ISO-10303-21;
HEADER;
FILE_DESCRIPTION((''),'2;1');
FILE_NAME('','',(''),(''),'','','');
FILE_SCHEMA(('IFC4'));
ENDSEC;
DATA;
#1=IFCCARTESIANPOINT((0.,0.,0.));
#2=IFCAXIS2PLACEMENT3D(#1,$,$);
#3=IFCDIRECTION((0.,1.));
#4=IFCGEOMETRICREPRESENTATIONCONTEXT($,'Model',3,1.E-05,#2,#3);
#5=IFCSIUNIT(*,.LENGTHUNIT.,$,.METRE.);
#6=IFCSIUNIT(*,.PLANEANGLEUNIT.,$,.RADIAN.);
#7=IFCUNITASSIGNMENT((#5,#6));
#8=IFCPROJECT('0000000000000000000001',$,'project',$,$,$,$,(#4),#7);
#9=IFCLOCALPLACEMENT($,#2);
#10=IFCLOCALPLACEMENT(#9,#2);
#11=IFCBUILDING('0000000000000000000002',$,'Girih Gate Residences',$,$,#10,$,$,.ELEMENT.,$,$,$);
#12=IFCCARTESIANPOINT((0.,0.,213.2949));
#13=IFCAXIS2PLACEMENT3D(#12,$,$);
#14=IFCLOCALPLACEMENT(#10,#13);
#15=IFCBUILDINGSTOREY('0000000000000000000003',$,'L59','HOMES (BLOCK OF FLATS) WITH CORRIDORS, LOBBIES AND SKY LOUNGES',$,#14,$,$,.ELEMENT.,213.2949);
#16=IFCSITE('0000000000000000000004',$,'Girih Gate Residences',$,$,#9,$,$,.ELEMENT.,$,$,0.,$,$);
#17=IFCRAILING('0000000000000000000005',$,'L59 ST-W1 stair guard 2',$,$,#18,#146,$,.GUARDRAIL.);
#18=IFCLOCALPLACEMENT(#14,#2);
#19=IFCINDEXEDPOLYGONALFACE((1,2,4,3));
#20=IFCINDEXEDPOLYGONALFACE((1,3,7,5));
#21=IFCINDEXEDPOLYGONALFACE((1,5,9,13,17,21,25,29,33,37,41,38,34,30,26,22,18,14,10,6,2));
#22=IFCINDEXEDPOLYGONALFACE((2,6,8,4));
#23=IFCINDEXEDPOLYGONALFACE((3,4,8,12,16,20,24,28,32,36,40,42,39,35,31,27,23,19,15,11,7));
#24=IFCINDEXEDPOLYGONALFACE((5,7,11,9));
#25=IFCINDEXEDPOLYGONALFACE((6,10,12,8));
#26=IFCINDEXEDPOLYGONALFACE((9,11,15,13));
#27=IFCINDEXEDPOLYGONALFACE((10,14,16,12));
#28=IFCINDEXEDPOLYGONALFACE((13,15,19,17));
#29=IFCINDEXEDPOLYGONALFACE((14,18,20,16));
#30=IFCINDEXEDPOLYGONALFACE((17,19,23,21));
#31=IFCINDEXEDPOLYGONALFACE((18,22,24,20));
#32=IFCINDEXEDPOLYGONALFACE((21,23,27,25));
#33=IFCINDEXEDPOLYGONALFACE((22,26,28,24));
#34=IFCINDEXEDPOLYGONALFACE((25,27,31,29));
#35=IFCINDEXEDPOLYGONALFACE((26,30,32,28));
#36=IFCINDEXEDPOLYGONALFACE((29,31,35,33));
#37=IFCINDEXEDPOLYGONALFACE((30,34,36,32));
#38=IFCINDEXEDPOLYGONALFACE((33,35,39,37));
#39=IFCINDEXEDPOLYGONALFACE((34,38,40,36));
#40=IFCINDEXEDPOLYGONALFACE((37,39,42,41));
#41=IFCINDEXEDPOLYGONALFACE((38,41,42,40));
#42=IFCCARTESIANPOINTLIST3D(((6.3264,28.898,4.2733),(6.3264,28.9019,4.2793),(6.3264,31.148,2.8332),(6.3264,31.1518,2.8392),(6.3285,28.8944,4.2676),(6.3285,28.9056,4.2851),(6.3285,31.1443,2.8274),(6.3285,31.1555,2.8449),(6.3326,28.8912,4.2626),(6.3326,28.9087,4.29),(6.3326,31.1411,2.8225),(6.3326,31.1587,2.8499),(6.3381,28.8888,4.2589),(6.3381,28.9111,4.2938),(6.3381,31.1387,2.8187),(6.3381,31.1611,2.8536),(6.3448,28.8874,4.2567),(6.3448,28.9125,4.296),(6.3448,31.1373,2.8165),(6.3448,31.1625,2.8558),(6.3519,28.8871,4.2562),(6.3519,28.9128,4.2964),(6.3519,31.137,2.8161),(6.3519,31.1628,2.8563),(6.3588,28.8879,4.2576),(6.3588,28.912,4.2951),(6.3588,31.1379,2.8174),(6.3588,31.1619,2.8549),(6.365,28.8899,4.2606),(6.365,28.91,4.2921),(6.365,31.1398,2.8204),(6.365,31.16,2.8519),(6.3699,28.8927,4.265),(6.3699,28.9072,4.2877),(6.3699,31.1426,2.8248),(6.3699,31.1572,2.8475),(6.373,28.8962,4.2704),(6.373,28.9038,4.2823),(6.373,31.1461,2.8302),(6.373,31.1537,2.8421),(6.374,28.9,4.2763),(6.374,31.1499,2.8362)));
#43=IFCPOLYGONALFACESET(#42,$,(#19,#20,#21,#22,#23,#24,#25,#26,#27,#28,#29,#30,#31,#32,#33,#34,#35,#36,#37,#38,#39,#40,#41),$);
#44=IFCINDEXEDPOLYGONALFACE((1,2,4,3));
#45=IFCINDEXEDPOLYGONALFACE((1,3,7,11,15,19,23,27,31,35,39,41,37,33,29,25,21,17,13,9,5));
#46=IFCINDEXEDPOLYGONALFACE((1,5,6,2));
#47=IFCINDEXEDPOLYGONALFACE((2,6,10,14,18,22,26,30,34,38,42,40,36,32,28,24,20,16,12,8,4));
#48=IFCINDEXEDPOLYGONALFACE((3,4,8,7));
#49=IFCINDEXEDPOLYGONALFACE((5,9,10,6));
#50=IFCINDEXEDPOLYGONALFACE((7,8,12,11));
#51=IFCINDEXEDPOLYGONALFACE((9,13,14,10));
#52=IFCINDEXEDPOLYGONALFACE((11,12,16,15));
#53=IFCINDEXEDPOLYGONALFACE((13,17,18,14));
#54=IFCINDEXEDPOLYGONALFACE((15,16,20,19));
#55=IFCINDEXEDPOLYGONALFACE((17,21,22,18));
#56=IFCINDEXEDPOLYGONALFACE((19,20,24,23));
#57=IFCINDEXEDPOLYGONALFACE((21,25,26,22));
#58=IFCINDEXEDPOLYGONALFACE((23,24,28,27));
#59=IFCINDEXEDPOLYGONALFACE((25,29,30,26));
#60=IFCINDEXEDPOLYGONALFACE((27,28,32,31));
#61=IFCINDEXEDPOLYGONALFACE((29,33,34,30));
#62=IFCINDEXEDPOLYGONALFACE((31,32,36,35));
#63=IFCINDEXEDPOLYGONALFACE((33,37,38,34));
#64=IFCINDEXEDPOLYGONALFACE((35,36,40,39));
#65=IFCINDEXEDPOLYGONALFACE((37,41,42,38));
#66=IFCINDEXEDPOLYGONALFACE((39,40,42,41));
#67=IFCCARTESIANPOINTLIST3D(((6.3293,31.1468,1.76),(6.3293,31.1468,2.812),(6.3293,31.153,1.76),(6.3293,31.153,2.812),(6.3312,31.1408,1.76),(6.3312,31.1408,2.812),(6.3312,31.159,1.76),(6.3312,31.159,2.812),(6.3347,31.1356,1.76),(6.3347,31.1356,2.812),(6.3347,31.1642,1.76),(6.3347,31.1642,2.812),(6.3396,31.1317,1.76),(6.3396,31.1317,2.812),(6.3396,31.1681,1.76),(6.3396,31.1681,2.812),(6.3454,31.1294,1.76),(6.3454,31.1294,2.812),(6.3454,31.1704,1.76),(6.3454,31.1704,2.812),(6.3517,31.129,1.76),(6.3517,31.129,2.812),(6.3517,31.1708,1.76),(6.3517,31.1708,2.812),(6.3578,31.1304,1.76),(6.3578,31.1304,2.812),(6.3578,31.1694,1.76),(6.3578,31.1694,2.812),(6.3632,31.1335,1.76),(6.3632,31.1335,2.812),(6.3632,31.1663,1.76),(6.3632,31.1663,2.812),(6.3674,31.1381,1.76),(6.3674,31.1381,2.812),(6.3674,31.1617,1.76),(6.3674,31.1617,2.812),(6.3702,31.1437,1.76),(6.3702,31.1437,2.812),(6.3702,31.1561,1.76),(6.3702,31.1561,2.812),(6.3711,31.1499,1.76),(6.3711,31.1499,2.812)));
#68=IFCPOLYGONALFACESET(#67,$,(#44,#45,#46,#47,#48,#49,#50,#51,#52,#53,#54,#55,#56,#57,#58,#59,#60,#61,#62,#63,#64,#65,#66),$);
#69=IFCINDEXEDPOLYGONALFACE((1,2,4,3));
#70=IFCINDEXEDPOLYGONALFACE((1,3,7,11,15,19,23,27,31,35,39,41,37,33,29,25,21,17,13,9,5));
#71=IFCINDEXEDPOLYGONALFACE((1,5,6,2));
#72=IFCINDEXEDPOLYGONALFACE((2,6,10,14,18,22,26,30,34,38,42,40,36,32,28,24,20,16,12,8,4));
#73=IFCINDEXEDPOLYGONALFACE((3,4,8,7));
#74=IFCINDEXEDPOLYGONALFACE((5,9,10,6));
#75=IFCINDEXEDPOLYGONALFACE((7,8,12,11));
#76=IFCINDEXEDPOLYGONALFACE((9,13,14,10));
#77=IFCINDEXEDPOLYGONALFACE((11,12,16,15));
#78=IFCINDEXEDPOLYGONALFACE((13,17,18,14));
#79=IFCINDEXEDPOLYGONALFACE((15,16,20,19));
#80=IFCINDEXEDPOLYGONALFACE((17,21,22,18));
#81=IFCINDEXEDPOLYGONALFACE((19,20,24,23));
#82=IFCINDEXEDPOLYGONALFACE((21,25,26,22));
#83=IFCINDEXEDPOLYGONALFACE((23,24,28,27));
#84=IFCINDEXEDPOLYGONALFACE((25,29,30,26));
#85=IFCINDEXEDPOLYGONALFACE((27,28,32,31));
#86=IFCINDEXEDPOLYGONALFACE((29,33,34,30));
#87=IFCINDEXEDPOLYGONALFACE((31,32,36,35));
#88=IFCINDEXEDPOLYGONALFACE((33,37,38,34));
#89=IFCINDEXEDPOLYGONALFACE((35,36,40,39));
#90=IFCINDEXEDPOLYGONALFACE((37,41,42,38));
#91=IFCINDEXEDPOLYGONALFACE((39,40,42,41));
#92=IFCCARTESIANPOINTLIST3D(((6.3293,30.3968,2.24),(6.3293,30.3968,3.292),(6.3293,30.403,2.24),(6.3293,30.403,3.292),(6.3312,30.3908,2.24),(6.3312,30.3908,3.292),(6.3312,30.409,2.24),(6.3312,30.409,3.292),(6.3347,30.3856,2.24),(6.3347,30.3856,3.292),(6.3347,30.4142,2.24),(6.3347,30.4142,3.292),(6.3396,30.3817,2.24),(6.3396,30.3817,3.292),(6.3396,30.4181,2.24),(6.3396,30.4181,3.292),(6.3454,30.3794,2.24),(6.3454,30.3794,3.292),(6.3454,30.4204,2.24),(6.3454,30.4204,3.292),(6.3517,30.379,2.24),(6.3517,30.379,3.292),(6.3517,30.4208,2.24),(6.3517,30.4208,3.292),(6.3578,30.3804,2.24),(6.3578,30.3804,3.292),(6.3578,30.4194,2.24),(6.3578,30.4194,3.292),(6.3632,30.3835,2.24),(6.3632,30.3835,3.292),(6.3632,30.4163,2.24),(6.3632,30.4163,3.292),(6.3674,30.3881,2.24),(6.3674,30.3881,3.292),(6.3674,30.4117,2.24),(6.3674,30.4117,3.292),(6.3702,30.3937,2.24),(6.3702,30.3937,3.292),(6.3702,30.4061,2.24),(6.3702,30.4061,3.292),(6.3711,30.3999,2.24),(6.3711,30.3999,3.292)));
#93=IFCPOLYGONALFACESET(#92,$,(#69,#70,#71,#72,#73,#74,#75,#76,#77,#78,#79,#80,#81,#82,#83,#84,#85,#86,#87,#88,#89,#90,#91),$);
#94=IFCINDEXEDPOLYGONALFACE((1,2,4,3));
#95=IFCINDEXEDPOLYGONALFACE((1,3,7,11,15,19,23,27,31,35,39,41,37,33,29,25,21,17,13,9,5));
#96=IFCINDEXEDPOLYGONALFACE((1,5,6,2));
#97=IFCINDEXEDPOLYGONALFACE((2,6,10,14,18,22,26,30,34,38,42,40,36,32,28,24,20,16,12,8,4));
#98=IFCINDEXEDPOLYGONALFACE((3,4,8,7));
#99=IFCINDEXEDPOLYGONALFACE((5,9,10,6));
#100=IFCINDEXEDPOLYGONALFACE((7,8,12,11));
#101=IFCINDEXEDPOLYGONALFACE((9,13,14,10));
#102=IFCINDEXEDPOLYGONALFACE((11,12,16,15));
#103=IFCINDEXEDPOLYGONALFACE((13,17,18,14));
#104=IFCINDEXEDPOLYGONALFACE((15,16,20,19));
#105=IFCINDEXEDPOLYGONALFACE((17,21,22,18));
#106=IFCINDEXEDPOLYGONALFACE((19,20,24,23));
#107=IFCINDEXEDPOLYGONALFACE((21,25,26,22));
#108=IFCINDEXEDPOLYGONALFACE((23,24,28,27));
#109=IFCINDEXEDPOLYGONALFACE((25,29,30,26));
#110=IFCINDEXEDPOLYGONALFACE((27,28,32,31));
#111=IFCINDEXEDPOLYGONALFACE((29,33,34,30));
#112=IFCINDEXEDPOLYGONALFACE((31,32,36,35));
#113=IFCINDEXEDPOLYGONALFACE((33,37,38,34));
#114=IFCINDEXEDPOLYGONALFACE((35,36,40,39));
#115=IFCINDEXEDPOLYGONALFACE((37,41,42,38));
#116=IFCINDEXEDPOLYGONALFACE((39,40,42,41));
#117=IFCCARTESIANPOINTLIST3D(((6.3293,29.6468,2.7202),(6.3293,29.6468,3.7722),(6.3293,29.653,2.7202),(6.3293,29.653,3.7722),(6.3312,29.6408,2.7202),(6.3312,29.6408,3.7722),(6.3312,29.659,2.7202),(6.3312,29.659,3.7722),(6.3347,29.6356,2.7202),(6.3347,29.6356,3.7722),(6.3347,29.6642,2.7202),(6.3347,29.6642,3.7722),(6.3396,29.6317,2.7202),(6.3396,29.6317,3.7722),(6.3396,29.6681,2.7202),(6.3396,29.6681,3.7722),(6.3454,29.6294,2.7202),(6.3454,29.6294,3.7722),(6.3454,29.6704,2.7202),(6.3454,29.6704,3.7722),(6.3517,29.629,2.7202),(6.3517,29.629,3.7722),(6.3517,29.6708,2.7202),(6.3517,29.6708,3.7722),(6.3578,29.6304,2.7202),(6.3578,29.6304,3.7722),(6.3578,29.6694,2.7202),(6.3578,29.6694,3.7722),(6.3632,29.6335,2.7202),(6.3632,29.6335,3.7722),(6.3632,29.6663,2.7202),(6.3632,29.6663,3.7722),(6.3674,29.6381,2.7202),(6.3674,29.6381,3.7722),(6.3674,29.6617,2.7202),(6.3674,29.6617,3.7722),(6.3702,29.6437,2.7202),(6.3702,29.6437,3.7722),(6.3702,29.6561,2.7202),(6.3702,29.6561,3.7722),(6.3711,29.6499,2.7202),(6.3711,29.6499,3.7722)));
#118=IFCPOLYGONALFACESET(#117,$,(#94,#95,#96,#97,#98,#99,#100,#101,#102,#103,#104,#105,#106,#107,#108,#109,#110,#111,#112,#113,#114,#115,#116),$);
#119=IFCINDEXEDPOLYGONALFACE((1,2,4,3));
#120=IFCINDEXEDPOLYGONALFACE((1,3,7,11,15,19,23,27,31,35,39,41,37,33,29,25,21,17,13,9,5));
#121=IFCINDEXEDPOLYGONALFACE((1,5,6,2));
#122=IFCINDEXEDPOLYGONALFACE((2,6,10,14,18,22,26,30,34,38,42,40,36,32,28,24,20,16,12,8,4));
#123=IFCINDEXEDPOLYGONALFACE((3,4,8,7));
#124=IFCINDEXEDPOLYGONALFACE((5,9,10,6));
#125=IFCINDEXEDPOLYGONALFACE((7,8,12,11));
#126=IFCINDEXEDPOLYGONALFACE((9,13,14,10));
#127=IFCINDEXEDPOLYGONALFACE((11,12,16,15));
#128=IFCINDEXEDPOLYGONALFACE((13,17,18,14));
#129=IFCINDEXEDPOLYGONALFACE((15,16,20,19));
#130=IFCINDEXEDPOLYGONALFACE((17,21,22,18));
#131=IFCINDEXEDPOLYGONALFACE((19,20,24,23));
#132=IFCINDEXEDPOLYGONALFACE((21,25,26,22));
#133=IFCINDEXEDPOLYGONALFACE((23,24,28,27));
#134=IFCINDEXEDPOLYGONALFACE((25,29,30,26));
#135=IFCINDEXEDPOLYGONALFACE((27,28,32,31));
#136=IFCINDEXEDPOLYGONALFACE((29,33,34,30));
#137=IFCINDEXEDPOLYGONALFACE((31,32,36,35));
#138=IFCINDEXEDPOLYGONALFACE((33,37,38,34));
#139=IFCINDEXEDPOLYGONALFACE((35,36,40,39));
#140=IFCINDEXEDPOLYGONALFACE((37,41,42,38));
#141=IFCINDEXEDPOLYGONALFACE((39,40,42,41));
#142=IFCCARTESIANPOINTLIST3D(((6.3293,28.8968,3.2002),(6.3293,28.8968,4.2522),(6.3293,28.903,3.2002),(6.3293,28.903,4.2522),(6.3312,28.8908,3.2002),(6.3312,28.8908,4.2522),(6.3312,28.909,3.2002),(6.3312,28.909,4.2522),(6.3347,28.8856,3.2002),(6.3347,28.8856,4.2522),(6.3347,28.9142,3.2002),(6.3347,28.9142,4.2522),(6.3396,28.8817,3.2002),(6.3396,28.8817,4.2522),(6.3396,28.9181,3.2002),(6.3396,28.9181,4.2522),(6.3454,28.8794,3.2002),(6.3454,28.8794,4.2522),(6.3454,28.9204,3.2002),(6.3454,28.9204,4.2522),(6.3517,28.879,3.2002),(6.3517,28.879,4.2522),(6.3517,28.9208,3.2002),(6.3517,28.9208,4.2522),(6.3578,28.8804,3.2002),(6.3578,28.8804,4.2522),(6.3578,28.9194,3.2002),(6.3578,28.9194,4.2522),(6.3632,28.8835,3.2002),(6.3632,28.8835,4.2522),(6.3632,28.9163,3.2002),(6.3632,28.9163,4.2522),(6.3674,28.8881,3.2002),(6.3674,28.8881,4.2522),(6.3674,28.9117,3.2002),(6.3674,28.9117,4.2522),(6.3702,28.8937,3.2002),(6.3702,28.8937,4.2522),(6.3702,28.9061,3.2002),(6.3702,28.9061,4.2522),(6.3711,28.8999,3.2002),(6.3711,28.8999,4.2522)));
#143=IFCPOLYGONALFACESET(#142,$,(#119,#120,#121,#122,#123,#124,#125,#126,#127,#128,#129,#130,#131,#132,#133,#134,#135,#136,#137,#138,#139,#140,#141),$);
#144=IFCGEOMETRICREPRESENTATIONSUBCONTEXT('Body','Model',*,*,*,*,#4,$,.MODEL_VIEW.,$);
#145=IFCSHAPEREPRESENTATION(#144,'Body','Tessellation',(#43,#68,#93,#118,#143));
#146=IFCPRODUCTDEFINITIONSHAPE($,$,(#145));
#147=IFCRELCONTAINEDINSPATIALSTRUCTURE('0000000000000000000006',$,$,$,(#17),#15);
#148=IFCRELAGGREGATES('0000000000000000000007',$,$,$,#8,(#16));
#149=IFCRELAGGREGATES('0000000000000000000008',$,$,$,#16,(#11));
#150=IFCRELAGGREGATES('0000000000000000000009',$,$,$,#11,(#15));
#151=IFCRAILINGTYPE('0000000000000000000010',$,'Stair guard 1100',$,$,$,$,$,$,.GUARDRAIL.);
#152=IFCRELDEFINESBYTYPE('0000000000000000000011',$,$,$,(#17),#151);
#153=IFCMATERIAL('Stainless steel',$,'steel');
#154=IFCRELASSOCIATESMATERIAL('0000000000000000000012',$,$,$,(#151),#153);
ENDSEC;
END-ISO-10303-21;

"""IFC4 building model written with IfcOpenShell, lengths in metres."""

from ifc_helpers import new_model, si_unit, direction, frame, origin, origin_2d, place, context, subcontext, project, spatial, circle, extrude, material, type_object, element, save


model = new_model("IFC4")

# Units and contexts
model_context = context("Model", 3, precision=1e-05, world=origin(), true_north=direction((0.0, 1.0)))
body_context = subcontext(model_context, "Body", "Model", "MODEL_VIEW")
ifc_project = project(units=[si_unit("LENGTHUNIT", "METRE"), si_unit("PLANEANGLEUNIT", "RADIAN")], contexts=[model_context])

# Site, building, storey
site_placement = place(None, origin())
site = spatial("IfcSite", under=ifc_project, at=site_placement, Name="Girih Gate Residences", CompositionType="ELEMENT", RefElevation=0.0)
building_placement = place(site_placement, origin())
building = spatial("IfcBuilding", under=site, at=building_placement, Name="Girih Gate Residences", CompositionType="ELEMENT")
storey_placement = place(building_placement, frame((0.0, 0.0, 213.2949)))
storey = spatial("IfcBuildingStorey", under=building, at=storey_placement, Name="L59", Description="HOMES (BLOCK OF FLATS) WITH CORRIDORS, LOBBIES AND SKY LOUNGES", CompositionType="ELEMENT", Elevation=213.2949)

# Railing
ifc_material_1 = material(Name="Stainless steel", Category="steel")
railing_type_1 = type_object("IfcRailingType", Name="Stair guard 1100", PredefinedType="GUARDRAIL", material=ifc_material_1)
railing_1_placement = place(storey_placement, frame((6.3501, 31.1499, 1.76)))
element("IfcRailing", 1, at=railing_1_placement, inside=storey, type_object=railing_type_1, Name="L59 ST-W1 stair guard 2", PredefinedType="GUARDRAIL", context=body_context, shape_type="SweptSolid", body=[
    extrude(circle(Radius=0.0239, at=origin_2d()), frame((0.0, 0.0, 1.0762), z_axis=(0.0, -0.84224, 0.539103), x_axis=(1.0, 0.0, 0.0)), (0.0, 0.0, 1.0), 2.6714),
    extrude(circle(Radius=0.021, at=origin_2d()), origin(), (0.0, 0.0, 1.0), 1.052),
    extrude(circle(Radius=0.021, at=origin_2d()), frame((0.0, -0.75, 0.48)), (0.0, 0.0, 1.0), 1.052),
    extrude(circle(Radius=0.021, at=origin_2d()), frame((0.0, -1.5, 0.9602)), (0.0, 0.0, 1.0), 1.052),
    extrude(circle(Radius=0.021, at=origin_2d()), frame((0.0, -2.25, 1.4402)), (0.0, 0.0, 1.0), 1.052),
])

save(model, "model.ifc")
